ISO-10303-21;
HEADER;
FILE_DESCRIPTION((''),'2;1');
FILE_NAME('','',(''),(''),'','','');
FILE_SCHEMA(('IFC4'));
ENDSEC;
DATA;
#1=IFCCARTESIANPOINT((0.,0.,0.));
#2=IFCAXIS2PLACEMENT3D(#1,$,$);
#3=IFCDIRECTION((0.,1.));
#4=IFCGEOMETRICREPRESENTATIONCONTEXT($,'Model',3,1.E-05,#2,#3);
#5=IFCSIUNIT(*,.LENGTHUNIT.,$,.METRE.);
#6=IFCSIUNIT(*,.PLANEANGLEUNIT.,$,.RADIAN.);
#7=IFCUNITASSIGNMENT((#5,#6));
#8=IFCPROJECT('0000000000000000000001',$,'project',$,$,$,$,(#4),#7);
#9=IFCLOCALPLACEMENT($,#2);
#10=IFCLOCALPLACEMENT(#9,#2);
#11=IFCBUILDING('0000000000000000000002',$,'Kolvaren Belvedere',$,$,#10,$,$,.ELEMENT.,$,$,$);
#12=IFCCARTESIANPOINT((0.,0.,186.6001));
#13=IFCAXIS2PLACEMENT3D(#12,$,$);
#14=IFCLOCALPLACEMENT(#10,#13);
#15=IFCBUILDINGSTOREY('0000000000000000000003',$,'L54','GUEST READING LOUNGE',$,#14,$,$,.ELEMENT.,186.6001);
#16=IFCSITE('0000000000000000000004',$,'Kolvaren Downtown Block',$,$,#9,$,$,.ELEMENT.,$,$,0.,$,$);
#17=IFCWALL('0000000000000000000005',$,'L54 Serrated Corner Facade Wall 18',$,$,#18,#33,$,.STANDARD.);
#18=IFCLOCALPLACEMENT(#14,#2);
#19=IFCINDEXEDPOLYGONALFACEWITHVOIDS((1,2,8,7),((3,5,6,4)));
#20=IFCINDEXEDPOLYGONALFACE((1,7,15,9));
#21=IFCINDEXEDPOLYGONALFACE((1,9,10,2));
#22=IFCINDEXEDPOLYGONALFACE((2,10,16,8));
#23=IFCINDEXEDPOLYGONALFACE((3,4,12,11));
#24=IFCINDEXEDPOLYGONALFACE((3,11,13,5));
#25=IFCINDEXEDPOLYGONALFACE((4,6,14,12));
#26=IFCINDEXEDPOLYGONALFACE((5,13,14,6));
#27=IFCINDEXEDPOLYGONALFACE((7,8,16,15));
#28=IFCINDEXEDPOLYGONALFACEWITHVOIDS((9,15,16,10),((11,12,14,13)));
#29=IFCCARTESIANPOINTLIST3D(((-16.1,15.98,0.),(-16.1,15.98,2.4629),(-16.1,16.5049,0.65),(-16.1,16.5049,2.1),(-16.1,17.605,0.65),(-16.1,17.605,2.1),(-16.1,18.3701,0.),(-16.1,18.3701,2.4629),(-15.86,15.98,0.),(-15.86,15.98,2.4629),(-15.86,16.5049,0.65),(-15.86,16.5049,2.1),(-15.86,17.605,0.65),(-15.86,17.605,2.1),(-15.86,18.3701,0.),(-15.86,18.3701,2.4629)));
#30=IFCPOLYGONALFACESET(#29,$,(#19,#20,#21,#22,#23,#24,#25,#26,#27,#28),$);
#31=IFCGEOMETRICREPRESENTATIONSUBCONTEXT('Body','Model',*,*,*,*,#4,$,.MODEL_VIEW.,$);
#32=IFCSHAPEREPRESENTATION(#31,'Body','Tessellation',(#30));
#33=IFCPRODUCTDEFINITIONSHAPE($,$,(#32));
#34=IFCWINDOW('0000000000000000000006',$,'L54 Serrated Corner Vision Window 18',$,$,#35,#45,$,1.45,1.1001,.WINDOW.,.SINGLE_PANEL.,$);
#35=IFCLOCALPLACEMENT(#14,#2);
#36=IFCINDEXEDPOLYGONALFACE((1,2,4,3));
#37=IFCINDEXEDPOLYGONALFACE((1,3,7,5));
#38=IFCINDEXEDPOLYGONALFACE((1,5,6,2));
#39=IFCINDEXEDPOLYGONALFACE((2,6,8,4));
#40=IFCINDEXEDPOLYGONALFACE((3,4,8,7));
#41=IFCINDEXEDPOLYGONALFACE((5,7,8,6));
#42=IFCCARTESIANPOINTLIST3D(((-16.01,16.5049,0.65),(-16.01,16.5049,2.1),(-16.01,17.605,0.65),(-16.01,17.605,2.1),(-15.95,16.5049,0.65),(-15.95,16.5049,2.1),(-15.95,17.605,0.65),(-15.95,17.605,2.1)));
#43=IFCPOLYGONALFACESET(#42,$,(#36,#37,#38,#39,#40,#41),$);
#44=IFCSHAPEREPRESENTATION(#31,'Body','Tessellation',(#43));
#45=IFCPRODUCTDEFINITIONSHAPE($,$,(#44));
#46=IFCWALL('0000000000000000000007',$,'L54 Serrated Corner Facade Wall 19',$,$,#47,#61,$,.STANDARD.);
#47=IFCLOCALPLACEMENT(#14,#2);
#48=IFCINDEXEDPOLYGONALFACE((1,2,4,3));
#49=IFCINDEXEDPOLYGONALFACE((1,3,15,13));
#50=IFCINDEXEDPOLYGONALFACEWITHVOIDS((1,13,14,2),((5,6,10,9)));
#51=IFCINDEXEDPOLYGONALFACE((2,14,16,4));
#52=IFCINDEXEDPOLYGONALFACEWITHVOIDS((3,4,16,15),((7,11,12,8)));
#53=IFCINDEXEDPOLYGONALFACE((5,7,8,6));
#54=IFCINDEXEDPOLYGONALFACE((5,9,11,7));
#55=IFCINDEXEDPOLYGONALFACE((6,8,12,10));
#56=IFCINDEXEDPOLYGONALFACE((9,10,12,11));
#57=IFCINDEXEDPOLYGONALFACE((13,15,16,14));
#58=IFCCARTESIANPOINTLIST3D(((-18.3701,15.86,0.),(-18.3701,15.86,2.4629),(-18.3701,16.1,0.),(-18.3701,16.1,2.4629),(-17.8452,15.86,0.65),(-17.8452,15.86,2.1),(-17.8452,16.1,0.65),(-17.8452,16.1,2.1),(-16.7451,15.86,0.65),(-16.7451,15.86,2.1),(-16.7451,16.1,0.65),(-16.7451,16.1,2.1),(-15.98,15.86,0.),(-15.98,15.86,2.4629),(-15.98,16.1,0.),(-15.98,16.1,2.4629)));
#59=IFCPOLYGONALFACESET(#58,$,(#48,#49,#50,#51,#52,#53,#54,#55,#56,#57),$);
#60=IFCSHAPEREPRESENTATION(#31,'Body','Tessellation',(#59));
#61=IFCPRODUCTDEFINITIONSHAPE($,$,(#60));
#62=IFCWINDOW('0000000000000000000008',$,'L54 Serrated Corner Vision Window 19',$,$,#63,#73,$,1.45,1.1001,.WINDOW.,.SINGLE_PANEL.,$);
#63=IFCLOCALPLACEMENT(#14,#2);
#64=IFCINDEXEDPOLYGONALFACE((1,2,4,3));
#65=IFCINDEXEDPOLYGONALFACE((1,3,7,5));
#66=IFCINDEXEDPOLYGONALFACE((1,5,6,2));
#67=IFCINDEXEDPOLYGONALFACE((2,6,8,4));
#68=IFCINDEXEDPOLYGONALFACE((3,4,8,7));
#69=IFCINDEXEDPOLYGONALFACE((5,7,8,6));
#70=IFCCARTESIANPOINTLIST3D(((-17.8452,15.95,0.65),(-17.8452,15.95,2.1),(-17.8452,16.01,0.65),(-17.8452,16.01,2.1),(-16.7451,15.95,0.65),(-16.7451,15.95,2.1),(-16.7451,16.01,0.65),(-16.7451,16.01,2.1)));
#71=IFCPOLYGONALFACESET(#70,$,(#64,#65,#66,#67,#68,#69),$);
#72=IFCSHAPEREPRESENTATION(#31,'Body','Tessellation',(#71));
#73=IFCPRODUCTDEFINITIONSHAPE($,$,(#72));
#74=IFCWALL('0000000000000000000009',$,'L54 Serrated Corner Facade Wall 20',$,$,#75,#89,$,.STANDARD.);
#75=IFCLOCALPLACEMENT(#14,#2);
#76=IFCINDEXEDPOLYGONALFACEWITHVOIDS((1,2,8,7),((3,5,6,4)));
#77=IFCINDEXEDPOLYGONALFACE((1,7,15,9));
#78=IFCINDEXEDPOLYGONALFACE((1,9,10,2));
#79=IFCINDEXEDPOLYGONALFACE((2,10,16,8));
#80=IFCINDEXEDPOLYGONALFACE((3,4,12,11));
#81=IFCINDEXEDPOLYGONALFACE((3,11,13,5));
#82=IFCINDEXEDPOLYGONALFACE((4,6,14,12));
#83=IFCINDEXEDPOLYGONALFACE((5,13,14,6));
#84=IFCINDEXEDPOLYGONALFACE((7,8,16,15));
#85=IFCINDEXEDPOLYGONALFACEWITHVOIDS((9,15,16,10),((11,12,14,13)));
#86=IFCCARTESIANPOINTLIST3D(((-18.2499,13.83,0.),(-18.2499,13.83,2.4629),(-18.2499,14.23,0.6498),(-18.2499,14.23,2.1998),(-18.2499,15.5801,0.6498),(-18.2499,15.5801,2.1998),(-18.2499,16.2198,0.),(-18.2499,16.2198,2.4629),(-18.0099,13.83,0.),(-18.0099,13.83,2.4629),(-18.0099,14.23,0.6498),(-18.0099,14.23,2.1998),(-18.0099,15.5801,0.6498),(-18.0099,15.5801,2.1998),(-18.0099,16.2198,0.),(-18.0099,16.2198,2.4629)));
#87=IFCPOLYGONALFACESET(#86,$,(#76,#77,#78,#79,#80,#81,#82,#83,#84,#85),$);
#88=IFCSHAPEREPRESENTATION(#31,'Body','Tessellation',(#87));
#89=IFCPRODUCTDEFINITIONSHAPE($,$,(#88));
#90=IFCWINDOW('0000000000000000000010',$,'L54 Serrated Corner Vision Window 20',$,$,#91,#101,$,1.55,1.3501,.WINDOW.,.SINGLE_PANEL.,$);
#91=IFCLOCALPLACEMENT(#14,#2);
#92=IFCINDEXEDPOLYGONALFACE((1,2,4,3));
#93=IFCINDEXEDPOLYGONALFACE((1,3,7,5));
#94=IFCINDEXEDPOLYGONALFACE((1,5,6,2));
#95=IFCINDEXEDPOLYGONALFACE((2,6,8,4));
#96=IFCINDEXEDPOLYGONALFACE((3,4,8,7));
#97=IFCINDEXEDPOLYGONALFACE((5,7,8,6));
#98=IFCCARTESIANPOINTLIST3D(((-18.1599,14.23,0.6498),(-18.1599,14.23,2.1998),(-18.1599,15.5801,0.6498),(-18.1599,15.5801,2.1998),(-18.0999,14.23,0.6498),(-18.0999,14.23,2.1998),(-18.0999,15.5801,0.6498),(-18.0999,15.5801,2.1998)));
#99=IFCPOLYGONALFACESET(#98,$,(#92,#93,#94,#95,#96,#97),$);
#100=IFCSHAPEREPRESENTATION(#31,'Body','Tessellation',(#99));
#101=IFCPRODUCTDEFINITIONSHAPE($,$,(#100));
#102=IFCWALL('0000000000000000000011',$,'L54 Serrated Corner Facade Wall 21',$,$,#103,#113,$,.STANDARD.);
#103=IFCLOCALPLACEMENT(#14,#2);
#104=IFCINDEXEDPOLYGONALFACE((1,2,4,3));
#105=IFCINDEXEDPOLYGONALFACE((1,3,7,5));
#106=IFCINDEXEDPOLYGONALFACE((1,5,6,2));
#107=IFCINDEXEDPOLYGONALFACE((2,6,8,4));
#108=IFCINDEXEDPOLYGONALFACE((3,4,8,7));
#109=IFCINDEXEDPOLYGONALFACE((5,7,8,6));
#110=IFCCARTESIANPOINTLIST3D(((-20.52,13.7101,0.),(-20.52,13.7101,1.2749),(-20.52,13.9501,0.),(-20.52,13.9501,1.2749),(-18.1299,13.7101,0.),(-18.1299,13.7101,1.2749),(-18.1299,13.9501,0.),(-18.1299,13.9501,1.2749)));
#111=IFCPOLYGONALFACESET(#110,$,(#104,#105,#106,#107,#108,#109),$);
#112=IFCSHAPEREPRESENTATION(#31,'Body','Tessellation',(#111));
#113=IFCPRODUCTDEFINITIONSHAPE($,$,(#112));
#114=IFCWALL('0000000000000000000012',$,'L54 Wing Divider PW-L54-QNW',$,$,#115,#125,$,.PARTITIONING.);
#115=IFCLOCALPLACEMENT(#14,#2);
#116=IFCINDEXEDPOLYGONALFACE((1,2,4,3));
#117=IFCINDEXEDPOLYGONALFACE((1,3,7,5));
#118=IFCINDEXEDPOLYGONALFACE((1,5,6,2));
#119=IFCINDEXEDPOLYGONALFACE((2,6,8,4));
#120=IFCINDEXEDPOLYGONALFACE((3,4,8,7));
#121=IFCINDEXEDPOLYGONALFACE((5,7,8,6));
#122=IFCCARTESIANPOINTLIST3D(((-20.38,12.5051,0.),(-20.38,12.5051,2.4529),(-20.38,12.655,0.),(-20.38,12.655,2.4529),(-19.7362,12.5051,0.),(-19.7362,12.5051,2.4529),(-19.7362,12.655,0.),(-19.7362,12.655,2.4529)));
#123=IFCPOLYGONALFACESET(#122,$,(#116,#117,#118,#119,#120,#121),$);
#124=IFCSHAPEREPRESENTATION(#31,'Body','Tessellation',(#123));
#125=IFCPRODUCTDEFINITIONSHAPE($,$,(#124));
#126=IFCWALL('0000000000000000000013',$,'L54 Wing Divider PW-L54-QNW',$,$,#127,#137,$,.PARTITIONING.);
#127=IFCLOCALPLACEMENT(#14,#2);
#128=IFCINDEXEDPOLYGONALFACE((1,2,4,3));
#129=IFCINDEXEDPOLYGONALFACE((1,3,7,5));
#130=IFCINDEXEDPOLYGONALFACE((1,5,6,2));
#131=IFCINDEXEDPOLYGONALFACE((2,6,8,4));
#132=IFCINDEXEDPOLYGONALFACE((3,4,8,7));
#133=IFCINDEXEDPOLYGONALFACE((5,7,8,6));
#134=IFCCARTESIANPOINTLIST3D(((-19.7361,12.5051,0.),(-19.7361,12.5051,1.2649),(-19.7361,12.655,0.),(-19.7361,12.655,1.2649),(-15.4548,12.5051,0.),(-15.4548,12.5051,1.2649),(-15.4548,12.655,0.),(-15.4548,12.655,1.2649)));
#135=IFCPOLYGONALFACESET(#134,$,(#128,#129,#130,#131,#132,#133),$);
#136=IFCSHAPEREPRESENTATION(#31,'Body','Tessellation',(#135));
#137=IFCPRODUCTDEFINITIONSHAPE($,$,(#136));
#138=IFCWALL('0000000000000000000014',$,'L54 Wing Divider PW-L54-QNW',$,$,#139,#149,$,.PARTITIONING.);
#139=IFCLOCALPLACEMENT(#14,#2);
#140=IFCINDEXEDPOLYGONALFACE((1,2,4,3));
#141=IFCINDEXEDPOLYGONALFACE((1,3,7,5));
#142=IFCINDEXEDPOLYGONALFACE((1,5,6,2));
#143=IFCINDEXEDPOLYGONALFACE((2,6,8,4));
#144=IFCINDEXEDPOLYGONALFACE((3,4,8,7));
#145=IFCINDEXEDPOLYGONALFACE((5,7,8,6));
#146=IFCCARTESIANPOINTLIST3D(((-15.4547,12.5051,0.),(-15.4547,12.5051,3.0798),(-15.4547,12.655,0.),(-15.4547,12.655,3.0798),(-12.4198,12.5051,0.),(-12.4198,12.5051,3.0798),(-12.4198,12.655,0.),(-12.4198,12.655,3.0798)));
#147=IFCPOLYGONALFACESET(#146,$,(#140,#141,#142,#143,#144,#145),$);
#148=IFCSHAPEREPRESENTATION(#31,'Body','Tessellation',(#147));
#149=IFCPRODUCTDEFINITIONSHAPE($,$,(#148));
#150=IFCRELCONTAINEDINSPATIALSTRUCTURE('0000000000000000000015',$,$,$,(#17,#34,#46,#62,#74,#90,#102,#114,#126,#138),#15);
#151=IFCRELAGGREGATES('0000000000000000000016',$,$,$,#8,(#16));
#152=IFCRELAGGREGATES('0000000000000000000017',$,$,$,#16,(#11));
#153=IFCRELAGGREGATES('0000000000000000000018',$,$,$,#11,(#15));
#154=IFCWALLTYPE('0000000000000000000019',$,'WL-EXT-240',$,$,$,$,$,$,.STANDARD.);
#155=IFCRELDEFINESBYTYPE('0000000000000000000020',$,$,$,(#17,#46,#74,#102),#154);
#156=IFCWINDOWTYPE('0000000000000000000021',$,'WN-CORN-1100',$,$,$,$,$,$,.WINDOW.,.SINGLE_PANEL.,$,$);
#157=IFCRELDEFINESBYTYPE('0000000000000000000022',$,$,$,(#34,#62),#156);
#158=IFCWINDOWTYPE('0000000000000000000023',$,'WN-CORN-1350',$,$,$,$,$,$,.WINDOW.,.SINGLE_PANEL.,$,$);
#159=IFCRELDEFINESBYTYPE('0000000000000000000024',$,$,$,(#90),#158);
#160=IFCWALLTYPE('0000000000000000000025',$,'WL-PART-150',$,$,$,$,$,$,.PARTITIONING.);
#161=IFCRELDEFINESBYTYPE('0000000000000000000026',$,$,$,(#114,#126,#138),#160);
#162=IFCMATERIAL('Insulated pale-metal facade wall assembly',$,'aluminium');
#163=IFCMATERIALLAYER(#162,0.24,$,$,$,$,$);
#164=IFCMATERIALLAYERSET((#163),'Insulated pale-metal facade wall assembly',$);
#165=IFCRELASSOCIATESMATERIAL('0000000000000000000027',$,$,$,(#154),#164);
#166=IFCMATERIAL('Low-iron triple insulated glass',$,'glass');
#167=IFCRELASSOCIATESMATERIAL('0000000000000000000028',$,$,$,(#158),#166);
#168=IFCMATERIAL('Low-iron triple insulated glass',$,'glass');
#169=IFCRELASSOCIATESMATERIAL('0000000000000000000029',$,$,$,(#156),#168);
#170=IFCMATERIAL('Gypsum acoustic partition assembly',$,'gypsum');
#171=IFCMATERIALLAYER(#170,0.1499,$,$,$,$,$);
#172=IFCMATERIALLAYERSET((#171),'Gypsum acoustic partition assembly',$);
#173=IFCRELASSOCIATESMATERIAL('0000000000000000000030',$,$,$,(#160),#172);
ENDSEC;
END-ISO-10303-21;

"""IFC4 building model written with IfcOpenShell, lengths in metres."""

from ifc_helpers import new_model, si_unit, direction, frame, frame_2d, origin, place, context, subcontext, project, spatial, rectangle, extrude, material, layer, layer_set, type_object, element, fill, save


model = new_model("IFC4")

# Units and contexts
model_context = context("Model", 3, precision=1e-05, world=origin(), true_north=direction((0.0, 1.0)))
body_context = subcontext(model_context, "Body", "Model", "MODEL_VIEW")
ifc_project = project(units=[si_unit("LENGTHUNIT", "METRE"), si_unit("PLANEANGLEUNIT", "RADIAN")], contexts=[model_context])

# Site, building, storey
site_placement = place(None, origin())
site = spatial("IfcSite", under=ifc_project, at=site_placement, Name="Kolvaren Downtown Block", CompositionType="ELEMENT", RefElevation=0.0)
building_placement = place(site_placement, origin())
building = spatial("IfcBuilding", under=site, at=building_placement, Name="Kolvaren Belvedere", CompositionType="ELEMENT")
storey_placement = place(building_placement, frame((0.0, 0.0, 186.6001)))
storey = spatial("IfcBuildingStorey", under=building, at=storey_placement, Name="L54", Description="GUEST READING LOUNGE", CompositionType="ELEMENT", Elevation=186.6001)

# Shared definitions
ifc_material_1 = material(Name="Insulated pale-metal facade wall assembly", Category="aluminium")
ifc_layer_1 = layer(ifc_material_1, 0.24)
ifc_layer_set_1 = layer_set([ifc_layer_1], Name="Insulated pale-metal facade wall assembly")
wall_type_1 = type_object("IfcWallType", Name="WL-EXT-240", PredefinedType="STANDARD", material=ifc_layer_set_1)

# Walls, openings, windows
ifc_material_2 = material(Name="Low-iron triple insulated glass", Category="glass")
window_type_1 = type_object("IfcWindowType", Name="WN-CORN-1350", PartitioningType="SINGLE_PANEL", PredefinedType="WINDOW", material=ifc_material_2)
wall_1_placement = place(storey_placement, frame((-15.98, 15.98, 0.0), z_axis=(0.0, 0.0, 1.0), x_axis=(0.0, 1.0, 0.0)))
wall_1 = element("IfcWall", 1, at=wall_1_placement, inside=storey, type_object=wall_type_1, Name="L54 Serrated Corner Facade Wall 18", PredefinedType="STANDARD", context=body_context, shape_type="SweptSolid", body=[
    extrude(rectangle(XDim=2.3901, YDim=0.24, at=frame_2d((1.1951, 0.0))), origin(), (0.0, 0.0, 1.0), 2.4629),
])
opening_1_placement = place(wall_1_placement, frame((0.5249, 0.0, 0.6499)))
opening_1 = element("IfcOpeningElement", 2, at=opening_1_placement, cuts=wall_1, PredefinedType="OPENING", context=body_context, shape_type="SweptSolid", body=[
    extrude(rectangle(XDim=1.1001, YDim=1.45, at=frame_2d((0.55, 0.7251))), frame((0.0, 0.1299, 0.0), z_axis=(0.0, -1.0, 0.0), x_axis=(1.0, 0.0, 0.0)), (0.0, 0.0, 1.0), 0.26),
])
ifc_material_3 = material(Name="Low-iron triple insulated glass", Category="glass")
window_type_2 = type_object("IfcWindowType", Name="WN-CORN-1100", PartitioningType="SINGLE_PANEL", PredefinedType="WINDOW", material=ifc_material_3)
window_1_placement = place(opening_1_placement, origin())
window_1 = element("IfcWindow", 3, at=window_1_placement, inside=storey, type_object=window_type_2, Name="L54 Serrated Corner Vision Window 18", OverallHeight=1.45, OverallWidth=1.1001, PartitioningType="SINGLE_PANEL", PredefinedType="WINDOW", context=body_context, shape_type="SweptSolid", body=[
    extrude(rectangle(XDim=1.1001, YDim=1.45, at=frame_2d((0.55, 0.7251))), frame((0.0, 0.03, 0.0), z_axis=(0.0, -1.0, 0.0), x_axis=(1.0, 0.0, 0.0)), (0.0, 0.0, 1.0), 0.0601),
])
fill(opening_1, window_1)
wall_2_placement = place(storey_placement, frame((-18.3701, 15.98, 0.0), z_axis=(0.0, 0.0, 1.0), x_axis=(1.0, 0.0, 0.0)))
wall_2 = element("IfcWall", 4, at=wall_2_placement, inside=storey, type_object=wall_type_1, Name="L54 Serrated Corner Facade Wall 19", PredefinedType="STANDARD", context=body_context, shape_type="SweptSolid", body=[
    extrude(rectangle(XDim=2.3901, YDim=0.24, at=frame_2d((1.1951, 0.0))), origin(), (0.0, 0.0, 1.0), 2.4629),
])
opening_2_placement = place(wall_2_placement, frame((0.5249, 0.0, 0.6499)))
opening_2 = element("IfcOpeningElement", 5, at=opening_2_placement, cuts=wall_2, PredefinedType="OPENING", context=body_context, shape_type="SweptSolid", body=[
    extrude(rectangle(XDim=1.1001, YDim=1.45, at=frame_2d((0.55, 0.7251))), frame((0.0, 0.1299, 0.0), z_axis=(0.0, -1.0, 0.0), x_axis=(1.0, 0.0, 0.0)), (0.0, 0.0, 1.0), 0.26),
])
window_2_placement = place(opening_2_placement, origin())
window_2 = element("IfcWindow", 6, at=window_2_placement, inside=storey, type_object=window_type_2, Name="L54 Serrated Corner Vision Window 19", OverallHeight=1.45, OverallWidth=1.1001, PartitioningType="SINGLE_PANEL", PredefinedType="WINDOW", context=body_context, shape_type="SweptSolid", body=[
    extrude(rectangle(XDim=1.1001, YDim=1.45, at=frame_2d((0.55, 0.7251))), frame((0.0, 0.03, 0.0), z_axis=(0.0, -1.0, 0.0), x_axis=(1.0, 0.0, 0.0)), (0.0, 0.0, 1.0), 0.0601),
])
fill(opening_2, window_2)
wall_3_placement = place(storey_placement, frame((-18.1299, 13.8301, 0.0), z_axis=(0.0, 0.0, 1.0), x_axis=(0.0, 1.0, 0.0)))
wall_3 = element("IfcWall", 7, at=wall_3_placement, inside=storey, type_object=wall_type_1, Name="L54 Serrated Corner Facade Wall 20", PredefinedType="STANDARD", context=body_context, shape_type="SweptSolid", body=[
    extrude(rectangle(XDim=2.3899, YDim=0.24, at=frame_2d((1.1948, 0.0))), origin(), (0.0, 0.0, 1.0), 2.4629),
])
opening_3_placement = place(wall_3_placement, frame((0.3999, 0.0, 0.6499)))
opening_3 = element("IfcOpeningElement", 8, at=opening_3_placement, cuts=wall_3, PredefinedType="OPENING", context=body_context, shape_type="SweptSolid", body=[
    extrude(rectangle(XDim=1.3501, YDim=1.55, at=frame_2d((0.675, 0.7749))), frame((0.0, 0.1299, 0.0), z_axis=(0.0, -1.0, 0.0), x_axis=(1.0, 0.0, 0.0)), (0.0, 0.0, 1.0), 0.26),
])
window_3_placement = place(opening_3_placement, origin())
window_3 = element("IfcWindow", 9, at=window_3_placement, inside=storey, type_object=window_type_1, Name="L54 Serrated Corner Vision Window 20", OverallHeight=1.55, OverallWidth=1.3501, PartitioningType="SINGLE_PANEL", PredefinedType="WINDOW", context=body_context, shape_type="SweptSolid", body=[
    extrude(rectangle(XDim=1.3501, YDim=1.55, at=frame_2d((0.675, 0.7749))), frame((0.0, 0.03, 0.0), z_axis=(0.0, -1.0, 0.0), x_axis=(1.0, 0.0, 0.0)), (0.0, 0.0, 1.0), 0.0601),
])
fill(opening_3, window_3)

# Walls
wall_4_placement = place(storey_placement, frame((-20.52, 13.8301, 0.0), z_axis=(0.0, 0.0, 1.0), x_axis=(1.0, 0.0, 0.0)))
element("IfcWall", 10, at=wall_4_placement, inside=storey, type_object=wall_type_1, Name="L54 Serrated Corner Facade Wall 21", PredefinedType="STANDARD", context=body_context, shape_type="SweptSolid", body=[
    extrude(rectangle(XDim=2.3901, YDim=0.24, at=frame_2d((1.1951, 0.0))), origin(), (0.0, 0.0, 1.0), 1.2749),
])
ifc_material_4 = material(Name="Gypsum acoustic partition assembly", Category="gypsum")
ifc_layer_2 = layer(ifc_material_4, 0.1499)
ifc_layer_set_2 = layer_set([ifc_layer_2], Name="Gypsum acoustic partition assembly")
wall_type_2 = type_object("IfcWallType", Name="WL-PART-150", PredefinedType="PARTITIONING", material=ifc_layer_set_2)
wall_5_placement = place(storey_placement, frame((-20.3799, 12.5801, 0.0), z_axis=(0.0, 0.0, 1.0), x_axis=(1.0, 0.0, 0.0)))
element("IfcWall", 11, at=wall_5_placement, inside=storey, type_object=wall_type_2, Name="L54 Wing Divider PW-L54-QNW", PredefinedType="PARTITIONING", context=body_context, shape_type="SweptSolid", body=[
    extrude(rectangle(XDim=0.6438, YDim=0.1499, at=frame_2d((0.3218, 0.0))), origin(), (0.0, 0.0, 1.0), 2.4529),
])
wall_6_placement = place(storey_placement, frame((-19.7361, 12.5801, 0.0), z_axis=(0.0, 0.0, 1.0), x_axis=(1.0, 0.0, 0.0)))
element("IfcWall", 12, at=wall_6_placement, inside=storey, type_object=wall_type_2, Name="L54 Wing Divider PW-L54-QNW", PredefinedType="PARTITIONING", context=body_context, shape_type="SweptSolid", body=[
    extrude(rectangle(XDim=4.2812, YDim=0.1499, at=frame_2d((2.1406, 0.0))), origin(), (0.0, 0.0, 1.0), 1.2649),
])
wall_7_placement = place(storey_placement, frame((-15.4548, 12.5801, 0.0), z_axis=(0.0, 0.0, 1.0), x_axis=(1.0, 0.0, 0.0)))
element("IfcWall", 13, at=wall_7_placement, inside=storey, type_object=wall_type_2, Name="L54 Wing Divider PW-L54-QNW", PredefinedType="PARTITIONING", context=body_context, shape_type="SweptSolid", body=[
    extrude(rectangle(XDim=3.0349, YDim=0.1499, at=frame_2d((1.5176, 0.0))), origin(), (0.0, 0.0, 1.0), 3.0798),
])

save(model, "model.ifc")
